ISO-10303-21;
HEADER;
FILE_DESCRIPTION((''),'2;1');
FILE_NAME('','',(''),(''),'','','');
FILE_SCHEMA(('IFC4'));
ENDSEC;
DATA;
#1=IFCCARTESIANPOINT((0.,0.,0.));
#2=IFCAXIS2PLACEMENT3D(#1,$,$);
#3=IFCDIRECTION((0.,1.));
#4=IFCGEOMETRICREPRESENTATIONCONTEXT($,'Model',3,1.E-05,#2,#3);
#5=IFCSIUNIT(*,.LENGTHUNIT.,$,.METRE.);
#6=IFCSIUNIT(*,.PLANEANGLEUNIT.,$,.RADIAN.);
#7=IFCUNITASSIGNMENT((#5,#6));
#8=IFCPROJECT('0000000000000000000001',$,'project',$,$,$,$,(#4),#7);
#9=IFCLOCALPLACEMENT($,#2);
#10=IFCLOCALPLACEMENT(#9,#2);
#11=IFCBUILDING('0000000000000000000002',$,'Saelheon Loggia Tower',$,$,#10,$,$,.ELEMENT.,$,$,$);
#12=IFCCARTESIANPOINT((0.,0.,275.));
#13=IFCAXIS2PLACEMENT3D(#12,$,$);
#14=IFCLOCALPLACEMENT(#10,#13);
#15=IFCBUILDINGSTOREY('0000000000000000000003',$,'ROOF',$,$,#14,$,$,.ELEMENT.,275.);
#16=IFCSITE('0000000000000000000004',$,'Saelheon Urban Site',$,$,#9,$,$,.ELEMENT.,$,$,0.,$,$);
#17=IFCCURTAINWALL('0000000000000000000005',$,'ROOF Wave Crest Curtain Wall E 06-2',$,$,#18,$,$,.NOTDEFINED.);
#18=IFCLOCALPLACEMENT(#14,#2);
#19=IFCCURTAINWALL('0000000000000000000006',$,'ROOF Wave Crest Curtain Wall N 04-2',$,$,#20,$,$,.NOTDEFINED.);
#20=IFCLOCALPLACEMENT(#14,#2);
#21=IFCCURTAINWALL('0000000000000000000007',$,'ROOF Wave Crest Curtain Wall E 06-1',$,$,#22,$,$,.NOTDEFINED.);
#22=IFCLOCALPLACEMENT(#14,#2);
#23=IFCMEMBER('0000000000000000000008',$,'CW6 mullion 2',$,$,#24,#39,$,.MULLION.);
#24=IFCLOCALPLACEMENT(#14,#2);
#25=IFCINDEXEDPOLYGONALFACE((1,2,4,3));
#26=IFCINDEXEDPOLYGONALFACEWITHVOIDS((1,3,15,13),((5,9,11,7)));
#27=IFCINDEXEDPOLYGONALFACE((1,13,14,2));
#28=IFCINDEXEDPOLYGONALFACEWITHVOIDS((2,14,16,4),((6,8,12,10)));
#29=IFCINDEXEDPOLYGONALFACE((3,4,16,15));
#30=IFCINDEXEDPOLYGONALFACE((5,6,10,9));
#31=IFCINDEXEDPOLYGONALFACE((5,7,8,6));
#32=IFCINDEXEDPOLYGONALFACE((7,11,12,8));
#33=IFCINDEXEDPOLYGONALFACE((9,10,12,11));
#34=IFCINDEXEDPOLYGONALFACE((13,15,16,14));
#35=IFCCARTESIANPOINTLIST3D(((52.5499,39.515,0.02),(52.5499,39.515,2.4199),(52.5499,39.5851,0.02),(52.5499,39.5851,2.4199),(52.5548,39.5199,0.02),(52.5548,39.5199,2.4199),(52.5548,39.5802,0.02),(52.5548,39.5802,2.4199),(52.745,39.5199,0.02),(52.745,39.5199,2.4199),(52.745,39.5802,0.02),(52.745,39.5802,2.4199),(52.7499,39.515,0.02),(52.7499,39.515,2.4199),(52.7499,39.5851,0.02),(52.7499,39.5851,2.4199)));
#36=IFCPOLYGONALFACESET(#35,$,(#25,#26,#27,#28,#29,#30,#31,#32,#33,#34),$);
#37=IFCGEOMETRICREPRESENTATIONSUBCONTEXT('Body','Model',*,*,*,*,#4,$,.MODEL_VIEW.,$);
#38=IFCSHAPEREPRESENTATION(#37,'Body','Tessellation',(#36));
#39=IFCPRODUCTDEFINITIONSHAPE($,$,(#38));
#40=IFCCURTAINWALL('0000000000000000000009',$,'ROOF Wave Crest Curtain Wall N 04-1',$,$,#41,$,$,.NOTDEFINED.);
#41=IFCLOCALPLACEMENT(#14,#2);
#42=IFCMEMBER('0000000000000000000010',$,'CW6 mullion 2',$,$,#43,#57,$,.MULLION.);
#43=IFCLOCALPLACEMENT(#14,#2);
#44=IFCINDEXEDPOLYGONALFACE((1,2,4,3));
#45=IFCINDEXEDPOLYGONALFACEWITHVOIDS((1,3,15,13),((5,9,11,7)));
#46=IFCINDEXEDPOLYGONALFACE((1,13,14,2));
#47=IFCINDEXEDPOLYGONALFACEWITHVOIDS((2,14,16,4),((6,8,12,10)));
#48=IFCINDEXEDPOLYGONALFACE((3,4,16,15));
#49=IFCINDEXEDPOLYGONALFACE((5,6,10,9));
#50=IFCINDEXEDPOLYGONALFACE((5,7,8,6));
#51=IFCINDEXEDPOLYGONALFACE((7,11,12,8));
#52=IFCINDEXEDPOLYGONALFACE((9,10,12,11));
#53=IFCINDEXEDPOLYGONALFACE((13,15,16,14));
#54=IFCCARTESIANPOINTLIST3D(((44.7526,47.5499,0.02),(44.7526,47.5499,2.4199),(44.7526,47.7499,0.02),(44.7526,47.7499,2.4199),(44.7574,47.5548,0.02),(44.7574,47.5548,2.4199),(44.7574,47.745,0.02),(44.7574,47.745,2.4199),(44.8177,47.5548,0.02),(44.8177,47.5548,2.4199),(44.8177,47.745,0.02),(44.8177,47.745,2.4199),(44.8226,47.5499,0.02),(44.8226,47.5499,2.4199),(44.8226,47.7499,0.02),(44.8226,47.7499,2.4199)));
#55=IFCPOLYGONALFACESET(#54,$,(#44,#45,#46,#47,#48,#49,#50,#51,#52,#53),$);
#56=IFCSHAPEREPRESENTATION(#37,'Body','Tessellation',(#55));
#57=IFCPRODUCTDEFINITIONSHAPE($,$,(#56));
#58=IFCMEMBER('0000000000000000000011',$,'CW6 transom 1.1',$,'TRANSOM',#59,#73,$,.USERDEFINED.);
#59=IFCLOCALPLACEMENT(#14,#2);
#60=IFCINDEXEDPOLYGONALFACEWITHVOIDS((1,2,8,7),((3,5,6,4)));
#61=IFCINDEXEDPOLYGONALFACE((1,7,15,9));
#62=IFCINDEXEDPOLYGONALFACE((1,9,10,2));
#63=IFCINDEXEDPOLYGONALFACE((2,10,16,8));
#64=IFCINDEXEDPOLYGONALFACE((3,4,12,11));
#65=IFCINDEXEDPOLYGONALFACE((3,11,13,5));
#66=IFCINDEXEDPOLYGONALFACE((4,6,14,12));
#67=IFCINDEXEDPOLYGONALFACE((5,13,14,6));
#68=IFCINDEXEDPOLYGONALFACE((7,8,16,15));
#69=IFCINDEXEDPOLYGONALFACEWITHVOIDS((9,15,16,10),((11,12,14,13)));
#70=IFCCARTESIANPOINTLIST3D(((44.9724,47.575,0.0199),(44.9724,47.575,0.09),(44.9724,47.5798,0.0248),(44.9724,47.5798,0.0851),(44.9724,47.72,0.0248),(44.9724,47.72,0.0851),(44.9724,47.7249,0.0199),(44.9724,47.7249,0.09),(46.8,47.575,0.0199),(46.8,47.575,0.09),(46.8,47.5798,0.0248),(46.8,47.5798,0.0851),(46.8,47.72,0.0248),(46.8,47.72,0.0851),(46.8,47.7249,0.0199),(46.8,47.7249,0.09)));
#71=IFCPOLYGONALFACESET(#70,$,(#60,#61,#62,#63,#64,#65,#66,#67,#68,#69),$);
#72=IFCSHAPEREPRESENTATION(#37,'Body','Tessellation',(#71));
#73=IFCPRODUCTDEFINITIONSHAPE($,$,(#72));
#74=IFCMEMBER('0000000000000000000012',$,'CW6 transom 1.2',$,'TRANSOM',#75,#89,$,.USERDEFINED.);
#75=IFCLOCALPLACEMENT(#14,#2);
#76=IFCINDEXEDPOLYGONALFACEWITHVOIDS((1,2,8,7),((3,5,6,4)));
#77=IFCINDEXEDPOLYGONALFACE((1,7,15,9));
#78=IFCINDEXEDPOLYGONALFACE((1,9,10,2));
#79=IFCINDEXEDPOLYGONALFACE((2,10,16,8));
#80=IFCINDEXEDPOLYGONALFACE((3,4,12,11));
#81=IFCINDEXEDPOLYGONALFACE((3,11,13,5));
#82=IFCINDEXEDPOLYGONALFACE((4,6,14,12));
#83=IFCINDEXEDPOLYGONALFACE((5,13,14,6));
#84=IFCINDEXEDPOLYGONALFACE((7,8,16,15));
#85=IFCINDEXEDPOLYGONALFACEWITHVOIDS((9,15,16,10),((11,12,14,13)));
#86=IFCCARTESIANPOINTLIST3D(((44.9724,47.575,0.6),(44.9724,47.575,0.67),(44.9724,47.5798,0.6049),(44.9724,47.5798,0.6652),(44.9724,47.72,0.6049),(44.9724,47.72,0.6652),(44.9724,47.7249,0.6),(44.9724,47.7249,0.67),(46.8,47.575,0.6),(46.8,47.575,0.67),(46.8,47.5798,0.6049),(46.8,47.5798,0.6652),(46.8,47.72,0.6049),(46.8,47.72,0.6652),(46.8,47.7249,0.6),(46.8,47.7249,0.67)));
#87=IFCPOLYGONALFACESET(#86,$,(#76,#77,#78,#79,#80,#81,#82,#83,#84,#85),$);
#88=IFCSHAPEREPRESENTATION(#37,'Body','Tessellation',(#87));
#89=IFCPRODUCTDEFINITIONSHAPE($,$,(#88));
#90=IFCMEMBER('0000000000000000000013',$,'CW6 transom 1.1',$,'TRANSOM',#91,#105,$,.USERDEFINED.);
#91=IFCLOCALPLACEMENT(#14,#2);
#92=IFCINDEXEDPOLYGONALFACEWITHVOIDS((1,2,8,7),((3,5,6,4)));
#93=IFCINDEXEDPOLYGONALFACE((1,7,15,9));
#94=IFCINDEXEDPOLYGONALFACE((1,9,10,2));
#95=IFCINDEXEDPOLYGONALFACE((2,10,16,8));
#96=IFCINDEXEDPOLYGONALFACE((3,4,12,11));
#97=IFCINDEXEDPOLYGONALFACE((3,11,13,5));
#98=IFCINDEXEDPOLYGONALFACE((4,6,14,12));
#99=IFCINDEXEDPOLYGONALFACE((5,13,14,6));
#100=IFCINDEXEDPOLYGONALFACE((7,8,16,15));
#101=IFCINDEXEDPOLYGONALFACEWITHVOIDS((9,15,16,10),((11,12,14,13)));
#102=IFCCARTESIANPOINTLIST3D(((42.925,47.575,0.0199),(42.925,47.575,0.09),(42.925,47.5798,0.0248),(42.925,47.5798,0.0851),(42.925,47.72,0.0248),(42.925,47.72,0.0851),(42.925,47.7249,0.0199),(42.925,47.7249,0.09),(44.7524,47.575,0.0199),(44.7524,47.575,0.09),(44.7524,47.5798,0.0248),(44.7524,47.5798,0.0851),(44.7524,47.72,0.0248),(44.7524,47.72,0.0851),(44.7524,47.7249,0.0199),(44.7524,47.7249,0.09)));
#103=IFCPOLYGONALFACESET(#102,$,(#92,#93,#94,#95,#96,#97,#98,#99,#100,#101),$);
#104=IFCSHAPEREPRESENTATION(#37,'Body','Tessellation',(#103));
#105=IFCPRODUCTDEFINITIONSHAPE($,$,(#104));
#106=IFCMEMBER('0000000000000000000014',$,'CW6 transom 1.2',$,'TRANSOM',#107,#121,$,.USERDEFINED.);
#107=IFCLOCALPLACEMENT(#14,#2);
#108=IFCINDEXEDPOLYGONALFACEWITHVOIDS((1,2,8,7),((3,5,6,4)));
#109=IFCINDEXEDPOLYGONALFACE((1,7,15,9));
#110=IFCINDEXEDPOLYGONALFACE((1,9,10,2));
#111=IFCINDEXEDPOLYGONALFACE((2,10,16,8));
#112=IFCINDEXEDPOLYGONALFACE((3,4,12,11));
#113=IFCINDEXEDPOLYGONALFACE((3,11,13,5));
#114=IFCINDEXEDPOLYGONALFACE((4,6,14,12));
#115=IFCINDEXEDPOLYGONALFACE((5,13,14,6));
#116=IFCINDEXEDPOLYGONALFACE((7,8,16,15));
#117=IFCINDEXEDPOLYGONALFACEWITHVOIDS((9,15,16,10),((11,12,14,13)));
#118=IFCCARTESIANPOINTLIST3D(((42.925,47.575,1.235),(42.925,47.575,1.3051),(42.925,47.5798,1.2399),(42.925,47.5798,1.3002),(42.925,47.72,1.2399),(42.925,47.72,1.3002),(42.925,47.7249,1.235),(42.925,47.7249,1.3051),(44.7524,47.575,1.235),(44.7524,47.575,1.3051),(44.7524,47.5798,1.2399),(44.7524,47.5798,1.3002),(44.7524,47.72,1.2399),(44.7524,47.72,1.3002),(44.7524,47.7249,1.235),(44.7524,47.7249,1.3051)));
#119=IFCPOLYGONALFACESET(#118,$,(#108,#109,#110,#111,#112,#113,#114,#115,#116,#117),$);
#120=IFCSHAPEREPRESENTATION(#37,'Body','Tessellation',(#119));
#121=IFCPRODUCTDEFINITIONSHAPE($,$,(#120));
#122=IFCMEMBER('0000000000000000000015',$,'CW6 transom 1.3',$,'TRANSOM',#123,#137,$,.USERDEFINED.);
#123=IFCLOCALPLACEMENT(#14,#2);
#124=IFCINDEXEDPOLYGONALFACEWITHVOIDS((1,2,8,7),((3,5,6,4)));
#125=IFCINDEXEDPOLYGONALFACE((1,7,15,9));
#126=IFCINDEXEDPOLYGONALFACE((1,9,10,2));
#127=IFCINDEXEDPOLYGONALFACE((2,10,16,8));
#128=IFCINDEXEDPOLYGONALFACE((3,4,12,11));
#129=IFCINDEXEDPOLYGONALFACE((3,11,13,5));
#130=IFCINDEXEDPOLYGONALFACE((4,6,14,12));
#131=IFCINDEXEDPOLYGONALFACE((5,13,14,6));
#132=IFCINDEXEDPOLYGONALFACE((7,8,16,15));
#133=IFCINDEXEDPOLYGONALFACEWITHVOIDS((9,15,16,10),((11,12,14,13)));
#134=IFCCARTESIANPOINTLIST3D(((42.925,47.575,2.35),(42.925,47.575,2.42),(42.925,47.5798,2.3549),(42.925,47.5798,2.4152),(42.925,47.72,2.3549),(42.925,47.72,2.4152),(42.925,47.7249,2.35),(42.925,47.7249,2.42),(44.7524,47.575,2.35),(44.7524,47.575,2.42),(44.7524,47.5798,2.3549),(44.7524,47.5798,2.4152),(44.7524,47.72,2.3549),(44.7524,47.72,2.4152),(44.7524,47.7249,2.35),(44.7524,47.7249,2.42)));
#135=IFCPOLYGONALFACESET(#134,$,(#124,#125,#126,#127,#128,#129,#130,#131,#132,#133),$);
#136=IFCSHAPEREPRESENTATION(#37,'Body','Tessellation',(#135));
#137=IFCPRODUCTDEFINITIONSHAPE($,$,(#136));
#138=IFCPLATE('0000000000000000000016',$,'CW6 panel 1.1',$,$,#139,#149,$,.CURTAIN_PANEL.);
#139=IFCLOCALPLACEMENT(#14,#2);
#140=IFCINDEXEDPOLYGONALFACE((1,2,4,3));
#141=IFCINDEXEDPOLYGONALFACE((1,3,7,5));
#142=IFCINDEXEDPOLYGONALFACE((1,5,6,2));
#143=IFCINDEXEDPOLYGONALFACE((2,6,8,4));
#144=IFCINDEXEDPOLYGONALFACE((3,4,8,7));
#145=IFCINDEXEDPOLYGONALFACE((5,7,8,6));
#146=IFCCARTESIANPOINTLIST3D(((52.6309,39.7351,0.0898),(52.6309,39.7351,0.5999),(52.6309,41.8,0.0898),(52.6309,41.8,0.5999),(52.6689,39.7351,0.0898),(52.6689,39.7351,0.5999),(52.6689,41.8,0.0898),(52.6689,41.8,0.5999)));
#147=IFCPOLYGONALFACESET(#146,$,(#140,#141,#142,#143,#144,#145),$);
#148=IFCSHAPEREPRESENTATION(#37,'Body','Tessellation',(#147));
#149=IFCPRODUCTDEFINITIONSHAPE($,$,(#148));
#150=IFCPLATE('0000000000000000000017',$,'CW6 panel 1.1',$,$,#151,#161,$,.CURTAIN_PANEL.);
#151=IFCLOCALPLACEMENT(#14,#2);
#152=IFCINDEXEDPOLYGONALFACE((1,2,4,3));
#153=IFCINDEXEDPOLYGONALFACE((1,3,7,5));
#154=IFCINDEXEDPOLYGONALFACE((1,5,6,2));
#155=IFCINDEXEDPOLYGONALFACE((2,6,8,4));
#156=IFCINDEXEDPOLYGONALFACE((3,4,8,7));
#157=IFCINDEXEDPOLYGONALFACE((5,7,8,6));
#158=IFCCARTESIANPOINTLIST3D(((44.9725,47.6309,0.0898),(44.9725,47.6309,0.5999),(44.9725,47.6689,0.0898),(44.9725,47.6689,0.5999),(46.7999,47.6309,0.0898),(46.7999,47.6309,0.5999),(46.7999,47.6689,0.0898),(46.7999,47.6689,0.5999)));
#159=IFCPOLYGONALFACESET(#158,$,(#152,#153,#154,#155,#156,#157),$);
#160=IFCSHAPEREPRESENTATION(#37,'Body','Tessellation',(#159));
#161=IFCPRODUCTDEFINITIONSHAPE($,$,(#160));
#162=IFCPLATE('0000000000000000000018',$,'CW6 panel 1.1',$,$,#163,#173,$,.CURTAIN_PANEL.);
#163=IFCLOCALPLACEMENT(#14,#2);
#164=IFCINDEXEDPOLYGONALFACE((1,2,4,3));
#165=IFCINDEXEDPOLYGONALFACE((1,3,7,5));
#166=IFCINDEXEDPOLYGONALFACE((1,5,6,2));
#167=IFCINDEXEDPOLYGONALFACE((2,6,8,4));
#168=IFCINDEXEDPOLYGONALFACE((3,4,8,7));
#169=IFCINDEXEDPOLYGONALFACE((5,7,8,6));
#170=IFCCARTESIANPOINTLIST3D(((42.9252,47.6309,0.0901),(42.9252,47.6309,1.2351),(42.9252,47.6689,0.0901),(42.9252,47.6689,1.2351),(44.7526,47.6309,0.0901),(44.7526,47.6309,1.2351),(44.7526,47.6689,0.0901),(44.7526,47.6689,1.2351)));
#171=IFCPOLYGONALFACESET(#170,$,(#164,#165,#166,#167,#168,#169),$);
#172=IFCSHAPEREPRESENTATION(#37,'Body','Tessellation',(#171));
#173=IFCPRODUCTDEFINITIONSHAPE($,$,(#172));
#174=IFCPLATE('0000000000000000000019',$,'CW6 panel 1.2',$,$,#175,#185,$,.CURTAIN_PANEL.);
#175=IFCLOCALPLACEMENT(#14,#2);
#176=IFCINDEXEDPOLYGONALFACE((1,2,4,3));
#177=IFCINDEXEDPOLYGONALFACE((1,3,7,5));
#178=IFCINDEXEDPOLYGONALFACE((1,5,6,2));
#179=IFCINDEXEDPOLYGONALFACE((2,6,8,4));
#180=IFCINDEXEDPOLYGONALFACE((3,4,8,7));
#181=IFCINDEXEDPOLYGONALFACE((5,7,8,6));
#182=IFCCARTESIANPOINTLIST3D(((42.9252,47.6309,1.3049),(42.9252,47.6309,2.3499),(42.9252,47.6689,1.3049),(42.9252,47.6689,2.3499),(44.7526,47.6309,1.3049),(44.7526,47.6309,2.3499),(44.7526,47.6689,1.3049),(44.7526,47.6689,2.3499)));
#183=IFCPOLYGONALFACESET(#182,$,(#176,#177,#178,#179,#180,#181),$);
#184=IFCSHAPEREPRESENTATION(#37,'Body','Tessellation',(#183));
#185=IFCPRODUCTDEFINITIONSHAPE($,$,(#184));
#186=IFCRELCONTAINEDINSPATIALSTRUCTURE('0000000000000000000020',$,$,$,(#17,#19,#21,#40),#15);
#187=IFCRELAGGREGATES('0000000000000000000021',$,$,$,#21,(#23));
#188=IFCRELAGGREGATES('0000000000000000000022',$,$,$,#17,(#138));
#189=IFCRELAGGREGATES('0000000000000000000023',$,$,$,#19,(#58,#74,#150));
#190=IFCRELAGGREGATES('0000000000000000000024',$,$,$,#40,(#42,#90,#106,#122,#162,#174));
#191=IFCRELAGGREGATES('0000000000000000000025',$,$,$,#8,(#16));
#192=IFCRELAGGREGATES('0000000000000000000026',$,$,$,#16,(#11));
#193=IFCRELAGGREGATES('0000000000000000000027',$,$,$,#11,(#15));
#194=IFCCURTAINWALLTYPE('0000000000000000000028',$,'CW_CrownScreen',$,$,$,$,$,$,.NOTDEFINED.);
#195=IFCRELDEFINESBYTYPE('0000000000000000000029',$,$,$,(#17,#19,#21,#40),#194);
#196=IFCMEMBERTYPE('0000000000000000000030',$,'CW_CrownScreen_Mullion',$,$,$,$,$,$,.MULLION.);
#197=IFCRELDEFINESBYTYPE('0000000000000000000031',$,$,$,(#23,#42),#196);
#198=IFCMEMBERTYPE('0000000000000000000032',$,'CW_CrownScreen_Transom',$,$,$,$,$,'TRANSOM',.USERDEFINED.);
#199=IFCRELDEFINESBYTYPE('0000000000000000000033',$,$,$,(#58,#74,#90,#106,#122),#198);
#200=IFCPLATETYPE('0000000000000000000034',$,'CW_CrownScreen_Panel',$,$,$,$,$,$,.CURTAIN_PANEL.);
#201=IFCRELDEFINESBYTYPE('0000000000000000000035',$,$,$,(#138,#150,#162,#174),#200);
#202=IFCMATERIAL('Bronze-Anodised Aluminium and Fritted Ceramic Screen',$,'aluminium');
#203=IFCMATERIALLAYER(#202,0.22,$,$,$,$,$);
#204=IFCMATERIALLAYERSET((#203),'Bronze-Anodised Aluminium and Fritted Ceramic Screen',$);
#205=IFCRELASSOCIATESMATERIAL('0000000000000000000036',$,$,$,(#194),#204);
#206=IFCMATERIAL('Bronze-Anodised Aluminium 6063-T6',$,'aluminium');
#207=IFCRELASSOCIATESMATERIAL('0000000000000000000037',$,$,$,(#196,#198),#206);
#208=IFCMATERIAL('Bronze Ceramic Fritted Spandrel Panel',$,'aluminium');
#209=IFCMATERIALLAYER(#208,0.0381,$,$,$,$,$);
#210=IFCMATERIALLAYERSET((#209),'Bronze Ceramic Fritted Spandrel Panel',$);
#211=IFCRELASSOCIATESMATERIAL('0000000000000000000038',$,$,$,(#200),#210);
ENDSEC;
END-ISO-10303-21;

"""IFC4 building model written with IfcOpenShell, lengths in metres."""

from ifc_helpers import new_model, si_unit, direction, frame, origin, origin_2d, place, context, subcontext, project, spatial, rectangle, hollow_rectangle, extrude, source, transform, mapped, material, layer, layer_set, material_profile, profile_set, type_object, element, aggregate, save


model = new_model("IFC4")

# Units and contexts
model_context = context("Model", 3, precision=1e-05, world=origin(), true_north=direction((0.0, 1.0)))
body_context = subcontext(model_context, "Body", "Model", "MODEL_VIEW")
ifc_project = project(units=[si_unit("LENGTHUNIT", "METRE"), si_unit("PLANEANGLEUNIT", "RADIAN")], contexts=[model_context])

# Site, building, storey
site_placement = place(None, origin())
site = spatial("IfcSite", under=ifc_project, at=site_placement, Name="Saelheon Urban Site", CompositionType="ELEMENT", RefElevation=0.0)
building_placement = place(site_placement, origin())
building = spatial("IfcBuilding", under=site, at=building_placement, Name="Saelheon Loggia Tower", CompositionType="ELEMENT")
storey_placement = place(building_placement, frame((0.0, 0.0, 275.0)))
storey = spatial("IfcBuildingStorey", under=building, at=storey_placement, Name="ROOF", CompositionType="ELEMENT", Elevation=275.0)

# Curtain walls
ifc_material_1 = material(Name="Bronze-Anodised Aluminium and Fritted Ceramic Screen", Category="aluminium")
ifc_layer_1 = layer(ifc_material_1, 0.22)
ifc_layer_set_1 = layer_set([ifc_layer_1], Name="Bronze-Anodised Aluminium and Fritted Ceramic Screen")
curtain_wall_type = type_object("IfcCurtainWallType", Name="CW_CrownScreen", PredefinedType="NOTDEFINED", material=ifc_layer_set_1)
curtain_wall_1_placement = place(storey_placement, origin())
curtain_wall_1 = element("IfcCurtainWall", 1, at=curtain_wall_1_placement, inside=storey, type_object=curtain_wall_type, Name="ROOF Wave Crest Curtain Wall E 06-2", PredefinedType="NOTDEFINED")
ifc_material_2 = material(Name="Bronze-Anodised Aluminium 6063-T6", Category="aluminium")
ifc_material_profile_1 = material_profile(ifc_material_2, hollow_rectangle(XDim=0.0701, YDim=0.2, WallThickness=0.0049, at=origin_2d()), Name="RHS-200x70x5")
ifc_profile_set_1 = profile_set([ifc_material_profile_1], Name="Bronze-Anodised Aluminium 6063-T6")
member_type_1 = type_object("IfcMemberType", Name="CW_CrownScreen_Mullion", PredefinedType="MULLION", material=ifc_profile_set_1)
curtain_wall_2_placement = place(storey_placement, origin())
curtain_wall_2 = element("IfcCurtainWall", 2, at=curtain_wall_2_placement, inside=storey, type_object=curtain_wall_type, Name="ROOF Wave Crest Curtain Wall N 04-2", PredefinedType="NOTDEFINED")

# Shared definitions
ifc_material_profile_2 = material_profile(ifc_material_2, hollow_rectangle(XDim=0.0701, YDim=0.1499, WallThickness=0.0049, at=origin_2d()), Name="RHS-150x70x5")
ifc_profile_set_2 = profile_set([ifc_material_profile_2], Name="Bronze-Anodised Aluminium 6063-T6")
member_type_2 = type_object("IfcMemberType", Name="CW_CrownScreen_Transom", ElementType="TRANSOM", PredefinedType="USERDEFINED", material=ifc_profile_set_2)

# Curtain walls, members
curtain_wall_3_placement = place(storey_placement, origin())
curtain_wall_3 = element("IfcCurtainWall", 3, at=curtain_wall_3_placement, inside=storey, type_object=curtain_wall_type, Name="ROOF Wave Crest Curtain Wall E 06-1", PredefinedType="NOTDEFINED")
shared_shape_1 = source(origin(), body_context, "Body", "SweptSolid", [
    extrude(hollow_rectangle(XDim=0.0701, YDim=0.2, WallThickness=0.0049, at=origin_2d()), origin(), (0.0, 0.0, 1.0), 2.3999),
])
member_1_placement = place(storey_placement, frame((52.6499, 39.55, 0.02), z_axis=(0.0, 0.0, 1.0), x_axis=(0.0, 1.0, 0.0)))
member_1 = element("IfcMember", 4, at=member_1_placement, type_object=member_type_1, Name="CW6 mullion 2", PredefinedType="MULLION", context=body_context, shape_type="MappedRepresentation", body=[
    mapped(shared_shape_1, transform((0.0, 0.0, 0.0), scale=1.0)),
])
aggregate(curtain_wall_3, [member_1])
curtain_wall_4_placement = place(storey_placement, origin())
curtain_wall_4 = element("IfcCurtainWall", 5, at=curtain_wall_4_placement, inside=storey, type_object=curtain_wall_type, Name="ROOF Wave Crest Curtain Wall N 04-1", PredefinedType="NOTDEFINED")
member_2_placement = place(storey_placement, frame((44.7876, 47.6499, 0.02), z_axis=(0.0, 0.0, 1.0), x_axis=(1.0, 0.0, 0.0)))
member_2 = element("IfcMember", 6, at=member_2_placement, type_object=member_type_1, Name="CW6 mullion 2", PredefinedType="MULLION", context=body_context, shape_type="MappedRepresentation", body=[
    mapped(shared_shape_1, transform((0.0, 0.0, 0.0), scale=1.0)),
])

# Members
shared_shape_2 = source(origin(), body_context, "Body", "SweptSolid", [
    extrude(hollow_rectangle(XDim=0.0701, YDim=0.1499, WallThickness=0.0049, at=origin_2d()), origin(), (0.0, 0.0, 1.0), 1.8276),
])
member_3_placement = place(storey_placement, frame((44.9724, 47.6499, 0.0549), z_axis=(1.0, 0.0, 0.0), x_axis=(0.0, 0.0, 1.0)))
member_3 = element("IfcMember", 7, at=member_3_placement, type_object=member_type_2, Name="CW6 transom 1.1", ObjectType="TRANSOM", PredefinedType="USERDEFINED", context=body_context, shape_type="MappedRepresentation", body=[
    mapped(shared_shape_2, transform((0.0, 0.0, 0.0), scale=1.0)),
])
member_4_placement = place(storey_placement, frame((44.9724, 47.6499, 0.635), z_axis=(1.0, 0.0, 0.0), x_axis=(0.0, 0.0, 1.0)))
member_4 = element("IfcMember", 8, at=member_4_placement, type_object=member_type_2, Name="CW6 transom 1.2", ObjectType="TRANSOM", PredefinedType="USERDEFINED", context=body_context, shape_type="MappedRepresentation", body=[
    mapped(shared_shape_2, transform((0.0, 0.0, 0.0), scale=1.0)),
])
shared_shape_3 = source(origin(), body_context, "Body", "SweptSolid", [
    extrude(hollow_rectangle(XDim=0.0701, YDim=0.1499, WallThickness=0.0049, at=origin_2d()), origin(), (0.0, 0.0, 1.0), 1.8274),
])
member_5_placement = place(storey_placement, frame((42.925, 47.6499, 0.0549), z_axis=(1.0, 0.0, 0.0), x_axis=(0.0, 0.0, 1.0)))
member_5 = element("IfcMember", 9, at=member_5_placement, type_object=member_type_2, Name="CW6 transom 1.1", ObjectType="TRANSOM", PredefinedType="USERDEFINED", context=body_context, shape_type="MappedRepresentation", body=[
    mapped(shared_shape_3, transform((0.0, 0.0, 0.0), scale=1.0)),
])
member_6_placement = place(storey_placement, frame((42.925, 47.6499, 1.27), z_axis=(1.0, 0.0, 0.0), x_axis=(0.0, 0.0, 1.0)))
member_6 = element("IfcMember", 10, at=member_6_placement, type_object=member_type_2, Name="CW6 transom 1.2", ObjectType="TRANSOM", PredefinedType="USERDEFINED", context=body_context, shape_type="MappedRepresentation", body=[
    mapped(shared_shape_3, transform((0.0, 0.0, 0.0), scale=1.0)),
])
member_7_placement = place(storey_placement, frame((42.925, 47.6499, 2.385), z_axis=(1.0, 0.0, 0.0), x_axis=(0.0, 0.0, 1.0)))
member_7 = element("IfcMember", 11, at=member_7_placement, type_object=member_type_2, Name="CW6 transom 1.3", ObjectType="TRANSOM", PredefinedType="USERDEFINED", context=body_context, shape_type="MappedRepresentation", body=[
    mapped(shared_shape_3, transform((0.0, 0.0, 0.0), scale=1.0)),
])

# Plates
ifc_material_3 = material(Name="Bronze Ceramic Fritted Spandrel Panel", Category="aluminium")
ifc_layer_2 = layer(ifc_material_3, 0.0381)
ifc_layer_set_2 = layer_set([ifc_layer_2], Name="Bronze Ceramic Fritted Spandrel Panel")
plate_type = type_object("IfcPlateType", Name="CW_CrownScreen_Panel", PredefinedType="CURTAIN_PANEL", material=ifc_layer_set_2)
shared_shape_4 = source(origin(), body_context, "Body", "SweptSolid", [
    extrude(rectangle(XDim=2.0649, YDim=0.0381, at=origin_2d()), origin(), (0.0, 0.0, 1.0), 0.51),
])
plate_1_placement = place(storey_placement, frame((52.6499, 40.7676, 0.0898), z_axis=(0.0, 0.0, 1.0), x_axis=(0.0, 1.0, 0.0)))
plate_1 = element("IfcPlate", 12, at=plate_1_placement, type_object=plate_type, Name="CW6 panel 1.1", PredefinedType="CURTAIN_PANEL", context=body_context, shape_type="MappedRepresentation", body=[
    mapped(shared_shape_4, transform((0.0, 0.0, 0.0), scale=1.0)),
])
aggregate(curtain_wall_1, [plate_1])
shared_shape_5 = source(origin(), body_context, "Body", "SweptSolid", [
    extrude(rectangle(XDim=1.8274, YDim=0.0381, at=origin_2d()), origin(), (0.0, 0.0, 1.0), 0.51),
])
plate_2_placement = place(storey_placement, frame((45.8862, 47.6499, 0.0898), z_axis=(0.0, 0.0, 1.0), x_axis=(1.0, 0.0, 0.0)))
plate_2 = element("IfcPlate", 13, at=plate_2_placement, type_object=plate_type, Name="CW6 panel 1.1", PredefinedType="CURTAIN_PANEL", context=body_context, shape_type="MappedRepresentation", body=[
    mapped(shared_shape_5, transform((0.0, 0.0, 0.0), scale=1.0)),
])
aggregate(curtain_wall_2, [member_3, member_4, plate_2])
shared_shape_6 = source(origin(), body_context, "Body", "SweptSolid", [
    extrude(rectangle(XDim=1.8274, YDim=0.0381, at=origin_2d()), origin(), (0.0, 0.0, 1.0), 1.145),
])
plate_3_placement = place(storey_placement, frame((43.8389, 47.6499, 0.0901), z_axis=(0.0, 0.0, 1.0), x_axis=(1.0, 0.0, 0.0)))
plate_3 = element("IfcPlate", 14, at=plate_3_placement, type_object=plate_type, Name="CW6 panel 1.1", PredefinedType="CURTAIN_PANEL", context=body_context, shape_type="MappedRepresentation", body=[
    mapped(shared_shape_6, transform((0.0, 0.0, 0.0), scale=1.0)),
])
shared_shape_7 = source(origin(), body_context, "Body", "SweptSolid", [
    extrude(rectangle(XDim=1.8274, YDim=0.0381, at=origin_2d()), origin(), (0.0, 0.0, 1.0), 1.0449),
])
plate_4_placement = place(storey_placement, frame((43.8389, 47.6499, 1.3049), z_axis=(0.0, 0.0, 1.0), x_axis=(1.0, 0.0, 0.0)))
plate_4 = element("IfcPlate", 15, at=plate_4_placement, type_object=plate_type, Name="CW6 panel 1.2", PredefinedType="CURTAIN_PANEL", context=body_context, shape_type="MappedRepresentation", body=[
    mapped(shared_shape_7, transform((0.0, 0.0, 0.0), scale=1.0)),
])
aggregate(curtain_wall_4, [member_2, member_5, member_6, member_7, plate_3, plate_4])

save(model, "model.ifc")
